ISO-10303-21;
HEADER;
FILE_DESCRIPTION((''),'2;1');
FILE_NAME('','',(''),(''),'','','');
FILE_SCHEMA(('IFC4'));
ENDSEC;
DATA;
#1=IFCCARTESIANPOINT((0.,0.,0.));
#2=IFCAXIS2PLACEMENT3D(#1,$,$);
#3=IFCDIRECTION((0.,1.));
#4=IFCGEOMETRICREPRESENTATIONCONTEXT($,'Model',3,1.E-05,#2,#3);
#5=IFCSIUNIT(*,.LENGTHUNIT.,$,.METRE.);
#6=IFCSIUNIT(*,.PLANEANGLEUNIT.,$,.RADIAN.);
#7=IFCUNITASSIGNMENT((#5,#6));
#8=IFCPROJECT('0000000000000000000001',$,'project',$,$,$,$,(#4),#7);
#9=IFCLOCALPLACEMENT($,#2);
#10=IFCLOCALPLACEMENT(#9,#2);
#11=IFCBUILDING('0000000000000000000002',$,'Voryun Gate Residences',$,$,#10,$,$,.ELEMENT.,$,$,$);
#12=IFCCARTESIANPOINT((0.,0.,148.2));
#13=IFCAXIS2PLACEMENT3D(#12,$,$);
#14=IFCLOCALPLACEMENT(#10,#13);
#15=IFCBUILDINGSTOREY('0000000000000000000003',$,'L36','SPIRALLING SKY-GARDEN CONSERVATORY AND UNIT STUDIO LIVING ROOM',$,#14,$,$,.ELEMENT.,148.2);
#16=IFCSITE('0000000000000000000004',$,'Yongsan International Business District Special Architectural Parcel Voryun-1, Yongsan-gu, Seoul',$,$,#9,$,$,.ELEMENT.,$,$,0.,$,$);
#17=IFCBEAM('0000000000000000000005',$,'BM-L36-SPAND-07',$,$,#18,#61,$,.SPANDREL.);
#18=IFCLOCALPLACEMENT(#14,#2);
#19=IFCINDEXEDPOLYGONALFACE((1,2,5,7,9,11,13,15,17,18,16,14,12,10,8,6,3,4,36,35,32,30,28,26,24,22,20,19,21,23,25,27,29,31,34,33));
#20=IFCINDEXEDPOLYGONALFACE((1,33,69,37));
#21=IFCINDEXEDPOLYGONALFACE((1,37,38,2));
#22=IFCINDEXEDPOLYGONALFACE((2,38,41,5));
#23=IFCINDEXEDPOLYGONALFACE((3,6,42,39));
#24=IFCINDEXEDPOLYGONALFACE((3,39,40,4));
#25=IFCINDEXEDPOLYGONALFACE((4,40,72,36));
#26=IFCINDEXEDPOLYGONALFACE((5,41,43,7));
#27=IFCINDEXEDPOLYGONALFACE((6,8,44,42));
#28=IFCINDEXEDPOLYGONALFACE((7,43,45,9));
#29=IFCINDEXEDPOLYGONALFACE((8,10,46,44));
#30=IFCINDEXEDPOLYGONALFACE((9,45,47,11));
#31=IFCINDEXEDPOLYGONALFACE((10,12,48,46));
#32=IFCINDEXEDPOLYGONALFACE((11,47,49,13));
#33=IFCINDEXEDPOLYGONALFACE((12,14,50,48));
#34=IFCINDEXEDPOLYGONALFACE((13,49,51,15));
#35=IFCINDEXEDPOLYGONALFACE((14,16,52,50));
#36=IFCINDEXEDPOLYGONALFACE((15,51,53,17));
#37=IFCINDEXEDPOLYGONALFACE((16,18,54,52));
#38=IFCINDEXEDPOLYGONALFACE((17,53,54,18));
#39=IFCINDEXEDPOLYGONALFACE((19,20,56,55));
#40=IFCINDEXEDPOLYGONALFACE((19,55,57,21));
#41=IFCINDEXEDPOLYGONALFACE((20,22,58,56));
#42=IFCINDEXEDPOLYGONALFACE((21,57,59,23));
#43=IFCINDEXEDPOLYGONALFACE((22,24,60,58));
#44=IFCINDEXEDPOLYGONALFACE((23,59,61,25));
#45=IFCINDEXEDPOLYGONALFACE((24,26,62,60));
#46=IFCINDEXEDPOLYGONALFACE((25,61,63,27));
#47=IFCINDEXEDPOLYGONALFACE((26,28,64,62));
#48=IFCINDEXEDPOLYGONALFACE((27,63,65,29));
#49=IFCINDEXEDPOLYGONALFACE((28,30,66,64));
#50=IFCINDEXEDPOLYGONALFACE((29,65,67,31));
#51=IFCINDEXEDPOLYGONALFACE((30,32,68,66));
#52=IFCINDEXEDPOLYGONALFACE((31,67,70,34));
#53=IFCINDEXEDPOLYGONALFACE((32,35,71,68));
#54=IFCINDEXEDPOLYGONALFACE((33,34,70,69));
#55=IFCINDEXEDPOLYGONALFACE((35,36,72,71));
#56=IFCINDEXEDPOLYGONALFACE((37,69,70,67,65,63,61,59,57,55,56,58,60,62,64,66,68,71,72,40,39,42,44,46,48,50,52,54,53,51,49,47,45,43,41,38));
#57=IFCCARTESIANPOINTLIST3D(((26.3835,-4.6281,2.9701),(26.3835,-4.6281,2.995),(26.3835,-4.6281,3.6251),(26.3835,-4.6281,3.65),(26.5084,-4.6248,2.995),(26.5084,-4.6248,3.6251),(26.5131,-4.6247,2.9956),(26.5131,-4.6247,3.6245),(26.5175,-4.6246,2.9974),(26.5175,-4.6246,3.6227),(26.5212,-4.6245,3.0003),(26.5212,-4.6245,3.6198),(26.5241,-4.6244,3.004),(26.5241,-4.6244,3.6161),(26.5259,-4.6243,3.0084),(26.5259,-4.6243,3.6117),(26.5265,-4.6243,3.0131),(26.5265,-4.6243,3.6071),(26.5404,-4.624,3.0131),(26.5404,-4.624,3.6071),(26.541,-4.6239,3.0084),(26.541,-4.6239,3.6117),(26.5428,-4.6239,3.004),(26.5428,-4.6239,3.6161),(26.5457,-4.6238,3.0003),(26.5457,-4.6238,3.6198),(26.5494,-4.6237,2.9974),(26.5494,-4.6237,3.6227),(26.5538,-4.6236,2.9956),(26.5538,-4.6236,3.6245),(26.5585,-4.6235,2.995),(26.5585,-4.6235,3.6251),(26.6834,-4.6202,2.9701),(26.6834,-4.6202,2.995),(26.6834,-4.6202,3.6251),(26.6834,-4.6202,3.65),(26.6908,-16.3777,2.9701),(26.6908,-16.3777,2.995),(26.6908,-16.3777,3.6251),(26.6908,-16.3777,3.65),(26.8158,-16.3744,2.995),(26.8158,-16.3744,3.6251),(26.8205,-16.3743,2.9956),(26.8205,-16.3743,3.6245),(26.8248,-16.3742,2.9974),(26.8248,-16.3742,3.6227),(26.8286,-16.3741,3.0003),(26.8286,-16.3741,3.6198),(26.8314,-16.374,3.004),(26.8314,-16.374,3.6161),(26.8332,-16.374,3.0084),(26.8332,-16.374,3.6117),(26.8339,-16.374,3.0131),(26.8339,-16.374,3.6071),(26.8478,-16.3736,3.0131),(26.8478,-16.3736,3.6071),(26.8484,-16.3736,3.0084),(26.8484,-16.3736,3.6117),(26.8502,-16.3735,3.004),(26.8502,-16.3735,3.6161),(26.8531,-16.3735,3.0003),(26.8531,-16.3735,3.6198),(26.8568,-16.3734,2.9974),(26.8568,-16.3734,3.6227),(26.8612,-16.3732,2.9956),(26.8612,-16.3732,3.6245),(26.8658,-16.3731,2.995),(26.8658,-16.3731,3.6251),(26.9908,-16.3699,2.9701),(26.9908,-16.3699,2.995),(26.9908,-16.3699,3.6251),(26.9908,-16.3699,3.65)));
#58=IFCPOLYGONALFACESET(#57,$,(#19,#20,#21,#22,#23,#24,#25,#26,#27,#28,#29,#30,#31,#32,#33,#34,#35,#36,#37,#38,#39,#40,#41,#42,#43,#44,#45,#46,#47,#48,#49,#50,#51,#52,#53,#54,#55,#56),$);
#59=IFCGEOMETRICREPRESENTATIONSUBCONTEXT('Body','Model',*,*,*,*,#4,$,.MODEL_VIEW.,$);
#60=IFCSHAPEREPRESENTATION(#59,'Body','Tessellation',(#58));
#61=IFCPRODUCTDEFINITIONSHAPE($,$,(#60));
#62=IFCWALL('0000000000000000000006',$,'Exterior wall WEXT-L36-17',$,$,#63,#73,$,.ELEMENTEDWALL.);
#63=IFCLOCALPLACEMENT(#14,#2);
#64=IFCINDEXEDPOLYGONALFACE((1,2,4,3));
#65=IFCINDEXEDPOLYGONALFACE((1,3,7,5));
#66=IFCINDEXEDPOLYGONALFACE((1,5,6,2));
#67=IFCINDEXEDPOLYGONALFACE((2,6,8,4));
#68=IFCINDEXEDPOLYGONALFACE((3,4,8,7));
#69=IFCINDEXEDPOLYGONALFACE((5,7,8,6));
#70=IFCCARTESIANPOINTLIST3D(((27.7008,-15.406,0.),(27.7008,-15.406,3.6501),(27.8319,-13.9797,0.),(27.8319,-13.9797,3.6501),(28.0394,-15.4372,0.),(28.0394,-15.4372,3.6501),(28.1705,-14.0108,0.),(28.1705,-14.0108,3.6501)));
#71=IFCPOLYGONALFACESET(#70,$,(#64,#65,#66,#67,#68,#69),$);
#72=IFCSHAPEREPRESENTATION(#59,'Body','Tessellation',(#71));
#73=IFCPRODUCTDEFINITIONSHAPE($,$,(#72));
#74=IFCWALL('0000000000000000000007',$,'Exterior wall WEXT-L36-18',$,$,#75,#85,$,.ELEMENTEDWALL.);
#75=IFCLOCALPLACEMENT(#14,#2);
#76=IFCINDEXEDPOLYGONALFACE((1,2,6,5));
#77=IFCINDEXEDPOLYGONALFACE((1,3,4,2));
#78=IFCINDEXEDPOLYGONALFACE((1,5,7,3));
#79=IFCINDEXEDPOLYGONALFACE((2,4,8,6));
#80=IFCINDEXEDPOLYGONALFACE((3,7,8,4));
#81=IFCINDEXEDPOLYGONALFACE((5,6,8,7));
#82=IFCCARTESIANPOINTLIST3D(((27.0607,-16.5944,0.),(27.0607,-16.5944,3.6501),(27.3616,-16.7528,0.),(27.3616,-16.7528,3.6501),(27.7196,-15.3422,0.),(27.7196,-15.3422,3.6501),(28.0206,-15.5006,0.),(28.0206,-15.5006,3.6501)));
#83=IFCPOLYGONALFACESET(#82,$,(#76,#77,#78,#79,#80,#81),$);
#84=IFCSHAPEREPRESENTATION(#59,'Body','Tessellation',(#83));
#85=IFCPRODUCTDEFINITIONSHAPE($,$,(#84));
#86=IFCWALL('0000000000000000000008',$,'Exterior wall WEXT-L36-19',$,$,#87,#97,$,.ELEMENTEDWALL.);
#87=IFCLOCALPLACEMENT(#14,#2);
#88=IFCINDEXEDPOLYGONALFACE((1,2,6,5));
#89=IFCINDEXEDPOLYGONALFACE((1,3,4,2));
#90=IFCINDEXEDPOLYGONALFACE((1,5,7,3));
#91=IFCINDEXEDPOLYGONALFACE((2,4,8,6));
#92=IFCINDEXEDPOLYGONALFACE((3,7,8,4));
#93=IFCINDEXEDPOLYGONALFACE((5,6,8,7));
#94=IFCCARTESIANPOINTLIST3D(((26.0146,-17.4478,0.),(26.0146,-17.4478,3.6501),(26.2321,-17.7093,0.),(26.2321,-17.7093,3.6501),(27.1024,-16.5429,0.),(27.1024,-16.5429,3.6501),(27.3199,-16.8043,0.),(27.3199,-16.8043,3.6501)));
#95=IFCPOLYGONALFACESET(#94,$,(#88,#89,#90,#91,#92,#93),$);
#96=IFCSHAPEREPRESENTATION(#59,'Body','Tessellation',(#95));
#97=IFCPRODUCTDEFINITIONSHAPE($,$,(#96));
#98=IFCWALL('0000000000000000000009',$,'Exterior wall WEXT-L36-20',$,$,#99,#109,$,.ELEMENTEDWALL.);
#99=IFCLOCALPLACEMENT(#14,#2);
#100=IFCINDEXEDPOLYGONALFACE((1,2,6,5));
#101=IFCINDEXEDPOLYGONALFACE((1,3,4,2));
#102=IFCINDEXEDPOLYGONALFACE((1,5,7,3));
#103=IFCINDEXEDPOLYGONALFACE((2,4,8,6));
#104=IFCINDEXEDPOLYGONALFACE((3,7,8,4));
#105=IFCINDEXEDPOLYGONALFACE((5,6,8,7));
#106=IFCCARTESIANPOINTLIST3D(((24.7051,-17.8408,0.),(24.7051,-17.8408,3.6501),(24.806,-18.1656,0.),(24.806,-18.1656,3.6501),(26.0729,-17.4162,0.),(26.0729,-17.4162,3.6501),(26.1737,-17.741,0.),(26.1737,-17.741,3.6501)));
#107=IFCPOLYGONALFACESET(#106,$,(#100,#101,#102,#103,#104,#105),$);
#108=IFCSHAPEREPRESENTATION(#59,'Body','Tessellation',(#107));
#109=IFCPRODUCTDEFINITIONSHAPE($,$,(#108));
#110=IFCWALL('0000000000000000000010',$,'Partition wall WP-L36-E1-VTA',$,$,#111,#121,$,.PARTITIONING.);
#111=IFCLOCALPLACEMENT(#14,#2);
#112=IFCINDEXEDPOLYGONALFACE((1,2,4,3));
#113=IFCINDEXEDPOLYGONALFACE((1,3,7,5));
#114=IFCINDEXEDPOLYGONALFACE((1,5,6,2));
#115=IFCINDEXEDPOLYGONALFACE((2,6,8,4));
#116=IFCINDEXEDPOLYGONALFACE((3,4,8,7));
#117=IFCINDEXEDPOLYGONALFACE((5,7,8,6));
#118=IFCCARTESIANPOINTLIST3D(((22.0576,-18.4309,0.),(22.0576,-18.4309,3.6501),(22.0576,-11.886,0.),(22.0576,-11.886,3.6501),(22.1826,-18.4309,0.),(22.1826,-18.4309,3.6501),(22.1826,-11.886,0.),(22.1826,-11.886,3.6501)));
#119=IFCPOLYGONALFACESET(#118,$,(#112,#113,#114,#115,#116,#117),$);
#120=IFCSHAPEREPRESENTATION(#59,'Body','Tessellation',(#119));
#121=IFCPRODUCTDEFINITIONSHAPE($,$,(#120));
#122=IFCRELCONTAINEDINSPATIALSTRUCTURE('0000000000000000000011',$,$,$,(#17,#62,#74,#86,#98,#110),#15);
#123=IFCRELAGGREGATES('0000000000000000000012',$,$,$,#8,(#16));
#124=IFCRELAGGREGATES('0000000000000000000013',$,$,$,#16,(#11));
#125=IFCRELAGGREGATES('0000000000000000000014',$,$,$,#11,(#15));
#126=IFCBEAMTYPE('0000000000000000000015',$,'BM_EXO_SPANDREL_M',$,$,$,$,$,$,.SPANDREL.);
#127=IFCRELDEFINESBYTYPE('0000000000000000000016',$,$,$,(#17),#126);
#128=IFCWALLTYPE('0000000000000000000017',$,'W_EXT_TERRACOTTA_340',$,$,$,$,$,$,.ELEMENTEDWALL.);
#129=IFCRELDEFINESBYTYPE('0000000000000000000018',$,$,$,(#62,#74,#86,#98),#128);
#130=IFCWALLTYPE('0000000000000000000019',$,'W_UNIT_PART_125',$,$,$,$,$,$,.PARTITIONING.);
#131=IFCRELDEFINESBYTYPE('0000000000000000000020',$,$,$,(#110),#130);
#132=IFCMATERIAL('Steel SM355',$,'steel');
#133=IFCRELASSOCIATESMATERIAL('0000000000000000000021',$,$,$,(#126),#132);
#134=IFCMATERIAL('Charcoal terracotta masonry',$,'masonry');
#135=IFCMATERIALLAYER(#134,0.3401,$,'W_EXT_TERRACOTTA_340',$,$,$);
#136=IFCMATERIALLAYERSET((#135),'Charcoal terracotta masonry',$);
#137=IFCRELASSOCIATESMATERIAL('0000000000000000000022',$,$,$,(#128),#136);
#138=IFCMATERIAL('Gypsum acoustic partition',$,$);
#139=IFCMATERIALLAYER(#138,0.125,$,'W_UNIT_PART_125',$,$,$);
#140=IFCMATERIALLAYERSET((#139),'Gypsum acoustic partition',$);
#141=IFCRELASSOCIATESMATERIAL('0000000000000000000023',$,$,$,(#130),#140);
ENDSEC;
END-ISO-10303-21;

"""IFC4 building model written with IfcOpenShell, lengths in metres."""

from ifc_helpers import new_model, si_unit, direction, frame, frame_2d, origin, origin_2d, place, context, subcontext, project, spatial, rectangle, i_section, extrude, material, layer, layer_set, material_profile, profile_set, type_object, element, save


model = new_model("IFC4")

# Units and contexts
model_context = context("Model", 3, precision=1e-05, world=origin(), true_north=direction((0.0, 1.0)))
body_context = subcontext(model_context, "Body", "Model", "MODEL_VIEW")
ifc_project = project(units=[si_unit("LENGTHUNIT", "METRE"), si_unit("PLANEANGLEUNIT", "RADIAN")], contexts=[model_context])

# Site, building, storey
site_placement = place(None, origin())
site = spatial("IfcSite", under=ifc_project, at=site_placement, Name="Yongsan International Business District Special Architectural Parcel Voryun-1, Yongsan-gu, Seoul", CompositionType="ELEMENT", RefElevation=0.0)
building_placement = place(site_placement, origin())
building = spatial("IfcBuilding", under=site, at=building_placement, Name="Voryun Gate Residences", CompositionType="ELEMENT")
storey_placement = place(building_placement, frame((0.0, 0.0, 148.2)))
storey = spatial("IfcBuildingStorey", under=building, at=storey_placement, Name="L36", Description="SPIRALLING SKY-GARDEN CONSERVATORY AND UNIT STUDIO LIVING ROOM", CompositionType="ELEMENT", Elevation=148.2)

# Beam
ifc_material_1 = material(Name="Steel SM355", Category="steel")
ifc_material_profile_1 = material_profile(ifc_material_1, i_section(OverallWidth=0.3, OverallDepth=0.6799, WebThickness=0.0139, FlangeThickness=0.0249, FilletRadius=0.0181, at=origin_2d()), Name="H-680x300x14x25")
ifc_profile_set_1 = profile_set([ifc_material_profile_1], Name="Steel SM355")
beam_type = type_object("IfcBeamType", Name="BM_EXO_SPANDREL_M", PredefinedType="SPANDREL", material=ifc_profile_set_1)
beam_1_placement = place(storey_placement, frame((26.8408, -16.3738, 3.3101), z_axis=(-0.026151, 0.999658, 0.0), x_axis=(-0.999658, -0.026151, 0.0)))
element("IfcBeam", 1, at=beam_1_placement, inside=storey, type_object=beam_type, Name="BM-L36-SPAND-07", PredefinedType="SPANDREL", context=body_context, shape_type="SweptSolid", body=[
    extrude(i_section(OverallWidth=0.3, OverallDepth=0.6799, WebThickness=0.0139, FlangeThickness=0.0249, FilletRadius=0.0181, at=origin_2d()), origin(), (0.0, 0.0, 1.0), 11.7537),
])

# Shared definitions
ifc_material_2 = material(Name="Charcoal terracotta masonry", Category="masonry")
ifc_layer_1 = layer(ifc_material_2, 0.3401, Name="W_EXT_TERRACOTTA_340")
ifc_layer_set_1 = layer_set([ifc_layer_1], Name="Charcoal terracotta masonry")
wall_type_1 = type_object("IfcWallType", Name="W_EXT_TERRACOTTA_340", PredefinedType="ELEMENTEDWALL", material=ifc_layer_set_1)

# Walls
wall_1_placement = place(storey_placement, frame((28.0012, -13.9951, 0.0), z_axis=(0.0, 0.0, 1.0), x_axis=(-0.091535, -0.995802, 0.0)))
element("IfcWall", 2, at=wall_1_placement, inside=storey, type_object=wall_type_1, Name="Exterior wall WEXT-L36-17", PredefinedType="ELEMENTEDWALL", context=body_context, shape_type="SweptSolid", body=[
    extrude(rectangle(XDim=1.4324, YDim=0.3401, at=frame_2d((0.7163, 0.0))), origin(), (0.0, 0.0, 1.0), 3.6501),
])
for number, where, z_axis, x_axis, name in (
    (3, (27.8701, -15.4214, 0.0), (0.0, 0.0, 1.0), (-0.465682, -0.884952, 0.0), "Exterior wall WEXT-L36-18"),
    (4, (27.2112, -16.6736, 0.0), (0.0, 0.0, 1.0), (-0.768758, -0.639539, 0.0), "Exterior wall WEXT-L36-19"),
):
    element("IfcWall", number, at=place(storey_placement, frame(where, z_axis=z_axis, x_axis=x_axis)), inside=storey, type_object=wall_type_1, Name=name, PredefinedType="ELEMENTEDWALL", context=body_context, shape_type="SweptSolid", body=[
        extrude(rectangle(XDim=1.415, YDim=0.3401, at=frame_2d((0.7075, 0.0))), origin(), (0.0, 0.0, 1.0), 3.6501),
    ])
wall_2_placement = place(storey_placement, frame((26.1233, -17.5786, 0.0), z_axis=(0.0, 0.0, 1.0), x_axis=(-0.955043, -0.296469, 0.0)))
element("IfcWall", 5, at=wall_2_placement, inside=storey, type_object=wall_type_1, Name="Exterior wall WEXT-L36-20", PredefinedType="ELEMENTEDWALL", context=body_context, shape_type="SweptSolid", body=[
    extrude(rectangle(XDim=1.4321, YDim=0.3401, at=frame_2d((0.7161, 0.0))), origin(), (0.0, 0.0, 1.0), 3.6501),
])
ifc_material_3 = material(Name="Gypsum acoustic partition")
ifc_layer_2 = layer(ifc_material_3, 0.125, Name="W_UNIT_PART_125")
ifc_layer_set_2 = layer_set([ifc_layer_2], Name="Gypsum acoustic partition")
wall_type_2 = type_object("IfcWallType", Name="W_UNIT_PART_125", PredefinedType="PARTITIONING", material=ifc_layer_set_2)
wall_3_placement = place(storey_placement, frame((22.1201, -18.4309, 0.0), z_axis=(0.0, 0.0, 1.0), x_axis=(0.0, 1.0, 0.0)))
element("IfcWall", 6, at=wall_3_placement, inside=storey, type_object=wall_type_2, Name="Partition wall WP-L36-E1-VTA", PredefinedType="PARTITIONING", context=body_context, shape_type="SweptSolid", body=[
    extrude(rectangle(XDim=6.5449, YDim=0.125, at=frame_2d((3.2725, 0.0))), origin(), (0.0, 0.0, 1.0), 3.6501),
])

save(model, "model.ifc")
